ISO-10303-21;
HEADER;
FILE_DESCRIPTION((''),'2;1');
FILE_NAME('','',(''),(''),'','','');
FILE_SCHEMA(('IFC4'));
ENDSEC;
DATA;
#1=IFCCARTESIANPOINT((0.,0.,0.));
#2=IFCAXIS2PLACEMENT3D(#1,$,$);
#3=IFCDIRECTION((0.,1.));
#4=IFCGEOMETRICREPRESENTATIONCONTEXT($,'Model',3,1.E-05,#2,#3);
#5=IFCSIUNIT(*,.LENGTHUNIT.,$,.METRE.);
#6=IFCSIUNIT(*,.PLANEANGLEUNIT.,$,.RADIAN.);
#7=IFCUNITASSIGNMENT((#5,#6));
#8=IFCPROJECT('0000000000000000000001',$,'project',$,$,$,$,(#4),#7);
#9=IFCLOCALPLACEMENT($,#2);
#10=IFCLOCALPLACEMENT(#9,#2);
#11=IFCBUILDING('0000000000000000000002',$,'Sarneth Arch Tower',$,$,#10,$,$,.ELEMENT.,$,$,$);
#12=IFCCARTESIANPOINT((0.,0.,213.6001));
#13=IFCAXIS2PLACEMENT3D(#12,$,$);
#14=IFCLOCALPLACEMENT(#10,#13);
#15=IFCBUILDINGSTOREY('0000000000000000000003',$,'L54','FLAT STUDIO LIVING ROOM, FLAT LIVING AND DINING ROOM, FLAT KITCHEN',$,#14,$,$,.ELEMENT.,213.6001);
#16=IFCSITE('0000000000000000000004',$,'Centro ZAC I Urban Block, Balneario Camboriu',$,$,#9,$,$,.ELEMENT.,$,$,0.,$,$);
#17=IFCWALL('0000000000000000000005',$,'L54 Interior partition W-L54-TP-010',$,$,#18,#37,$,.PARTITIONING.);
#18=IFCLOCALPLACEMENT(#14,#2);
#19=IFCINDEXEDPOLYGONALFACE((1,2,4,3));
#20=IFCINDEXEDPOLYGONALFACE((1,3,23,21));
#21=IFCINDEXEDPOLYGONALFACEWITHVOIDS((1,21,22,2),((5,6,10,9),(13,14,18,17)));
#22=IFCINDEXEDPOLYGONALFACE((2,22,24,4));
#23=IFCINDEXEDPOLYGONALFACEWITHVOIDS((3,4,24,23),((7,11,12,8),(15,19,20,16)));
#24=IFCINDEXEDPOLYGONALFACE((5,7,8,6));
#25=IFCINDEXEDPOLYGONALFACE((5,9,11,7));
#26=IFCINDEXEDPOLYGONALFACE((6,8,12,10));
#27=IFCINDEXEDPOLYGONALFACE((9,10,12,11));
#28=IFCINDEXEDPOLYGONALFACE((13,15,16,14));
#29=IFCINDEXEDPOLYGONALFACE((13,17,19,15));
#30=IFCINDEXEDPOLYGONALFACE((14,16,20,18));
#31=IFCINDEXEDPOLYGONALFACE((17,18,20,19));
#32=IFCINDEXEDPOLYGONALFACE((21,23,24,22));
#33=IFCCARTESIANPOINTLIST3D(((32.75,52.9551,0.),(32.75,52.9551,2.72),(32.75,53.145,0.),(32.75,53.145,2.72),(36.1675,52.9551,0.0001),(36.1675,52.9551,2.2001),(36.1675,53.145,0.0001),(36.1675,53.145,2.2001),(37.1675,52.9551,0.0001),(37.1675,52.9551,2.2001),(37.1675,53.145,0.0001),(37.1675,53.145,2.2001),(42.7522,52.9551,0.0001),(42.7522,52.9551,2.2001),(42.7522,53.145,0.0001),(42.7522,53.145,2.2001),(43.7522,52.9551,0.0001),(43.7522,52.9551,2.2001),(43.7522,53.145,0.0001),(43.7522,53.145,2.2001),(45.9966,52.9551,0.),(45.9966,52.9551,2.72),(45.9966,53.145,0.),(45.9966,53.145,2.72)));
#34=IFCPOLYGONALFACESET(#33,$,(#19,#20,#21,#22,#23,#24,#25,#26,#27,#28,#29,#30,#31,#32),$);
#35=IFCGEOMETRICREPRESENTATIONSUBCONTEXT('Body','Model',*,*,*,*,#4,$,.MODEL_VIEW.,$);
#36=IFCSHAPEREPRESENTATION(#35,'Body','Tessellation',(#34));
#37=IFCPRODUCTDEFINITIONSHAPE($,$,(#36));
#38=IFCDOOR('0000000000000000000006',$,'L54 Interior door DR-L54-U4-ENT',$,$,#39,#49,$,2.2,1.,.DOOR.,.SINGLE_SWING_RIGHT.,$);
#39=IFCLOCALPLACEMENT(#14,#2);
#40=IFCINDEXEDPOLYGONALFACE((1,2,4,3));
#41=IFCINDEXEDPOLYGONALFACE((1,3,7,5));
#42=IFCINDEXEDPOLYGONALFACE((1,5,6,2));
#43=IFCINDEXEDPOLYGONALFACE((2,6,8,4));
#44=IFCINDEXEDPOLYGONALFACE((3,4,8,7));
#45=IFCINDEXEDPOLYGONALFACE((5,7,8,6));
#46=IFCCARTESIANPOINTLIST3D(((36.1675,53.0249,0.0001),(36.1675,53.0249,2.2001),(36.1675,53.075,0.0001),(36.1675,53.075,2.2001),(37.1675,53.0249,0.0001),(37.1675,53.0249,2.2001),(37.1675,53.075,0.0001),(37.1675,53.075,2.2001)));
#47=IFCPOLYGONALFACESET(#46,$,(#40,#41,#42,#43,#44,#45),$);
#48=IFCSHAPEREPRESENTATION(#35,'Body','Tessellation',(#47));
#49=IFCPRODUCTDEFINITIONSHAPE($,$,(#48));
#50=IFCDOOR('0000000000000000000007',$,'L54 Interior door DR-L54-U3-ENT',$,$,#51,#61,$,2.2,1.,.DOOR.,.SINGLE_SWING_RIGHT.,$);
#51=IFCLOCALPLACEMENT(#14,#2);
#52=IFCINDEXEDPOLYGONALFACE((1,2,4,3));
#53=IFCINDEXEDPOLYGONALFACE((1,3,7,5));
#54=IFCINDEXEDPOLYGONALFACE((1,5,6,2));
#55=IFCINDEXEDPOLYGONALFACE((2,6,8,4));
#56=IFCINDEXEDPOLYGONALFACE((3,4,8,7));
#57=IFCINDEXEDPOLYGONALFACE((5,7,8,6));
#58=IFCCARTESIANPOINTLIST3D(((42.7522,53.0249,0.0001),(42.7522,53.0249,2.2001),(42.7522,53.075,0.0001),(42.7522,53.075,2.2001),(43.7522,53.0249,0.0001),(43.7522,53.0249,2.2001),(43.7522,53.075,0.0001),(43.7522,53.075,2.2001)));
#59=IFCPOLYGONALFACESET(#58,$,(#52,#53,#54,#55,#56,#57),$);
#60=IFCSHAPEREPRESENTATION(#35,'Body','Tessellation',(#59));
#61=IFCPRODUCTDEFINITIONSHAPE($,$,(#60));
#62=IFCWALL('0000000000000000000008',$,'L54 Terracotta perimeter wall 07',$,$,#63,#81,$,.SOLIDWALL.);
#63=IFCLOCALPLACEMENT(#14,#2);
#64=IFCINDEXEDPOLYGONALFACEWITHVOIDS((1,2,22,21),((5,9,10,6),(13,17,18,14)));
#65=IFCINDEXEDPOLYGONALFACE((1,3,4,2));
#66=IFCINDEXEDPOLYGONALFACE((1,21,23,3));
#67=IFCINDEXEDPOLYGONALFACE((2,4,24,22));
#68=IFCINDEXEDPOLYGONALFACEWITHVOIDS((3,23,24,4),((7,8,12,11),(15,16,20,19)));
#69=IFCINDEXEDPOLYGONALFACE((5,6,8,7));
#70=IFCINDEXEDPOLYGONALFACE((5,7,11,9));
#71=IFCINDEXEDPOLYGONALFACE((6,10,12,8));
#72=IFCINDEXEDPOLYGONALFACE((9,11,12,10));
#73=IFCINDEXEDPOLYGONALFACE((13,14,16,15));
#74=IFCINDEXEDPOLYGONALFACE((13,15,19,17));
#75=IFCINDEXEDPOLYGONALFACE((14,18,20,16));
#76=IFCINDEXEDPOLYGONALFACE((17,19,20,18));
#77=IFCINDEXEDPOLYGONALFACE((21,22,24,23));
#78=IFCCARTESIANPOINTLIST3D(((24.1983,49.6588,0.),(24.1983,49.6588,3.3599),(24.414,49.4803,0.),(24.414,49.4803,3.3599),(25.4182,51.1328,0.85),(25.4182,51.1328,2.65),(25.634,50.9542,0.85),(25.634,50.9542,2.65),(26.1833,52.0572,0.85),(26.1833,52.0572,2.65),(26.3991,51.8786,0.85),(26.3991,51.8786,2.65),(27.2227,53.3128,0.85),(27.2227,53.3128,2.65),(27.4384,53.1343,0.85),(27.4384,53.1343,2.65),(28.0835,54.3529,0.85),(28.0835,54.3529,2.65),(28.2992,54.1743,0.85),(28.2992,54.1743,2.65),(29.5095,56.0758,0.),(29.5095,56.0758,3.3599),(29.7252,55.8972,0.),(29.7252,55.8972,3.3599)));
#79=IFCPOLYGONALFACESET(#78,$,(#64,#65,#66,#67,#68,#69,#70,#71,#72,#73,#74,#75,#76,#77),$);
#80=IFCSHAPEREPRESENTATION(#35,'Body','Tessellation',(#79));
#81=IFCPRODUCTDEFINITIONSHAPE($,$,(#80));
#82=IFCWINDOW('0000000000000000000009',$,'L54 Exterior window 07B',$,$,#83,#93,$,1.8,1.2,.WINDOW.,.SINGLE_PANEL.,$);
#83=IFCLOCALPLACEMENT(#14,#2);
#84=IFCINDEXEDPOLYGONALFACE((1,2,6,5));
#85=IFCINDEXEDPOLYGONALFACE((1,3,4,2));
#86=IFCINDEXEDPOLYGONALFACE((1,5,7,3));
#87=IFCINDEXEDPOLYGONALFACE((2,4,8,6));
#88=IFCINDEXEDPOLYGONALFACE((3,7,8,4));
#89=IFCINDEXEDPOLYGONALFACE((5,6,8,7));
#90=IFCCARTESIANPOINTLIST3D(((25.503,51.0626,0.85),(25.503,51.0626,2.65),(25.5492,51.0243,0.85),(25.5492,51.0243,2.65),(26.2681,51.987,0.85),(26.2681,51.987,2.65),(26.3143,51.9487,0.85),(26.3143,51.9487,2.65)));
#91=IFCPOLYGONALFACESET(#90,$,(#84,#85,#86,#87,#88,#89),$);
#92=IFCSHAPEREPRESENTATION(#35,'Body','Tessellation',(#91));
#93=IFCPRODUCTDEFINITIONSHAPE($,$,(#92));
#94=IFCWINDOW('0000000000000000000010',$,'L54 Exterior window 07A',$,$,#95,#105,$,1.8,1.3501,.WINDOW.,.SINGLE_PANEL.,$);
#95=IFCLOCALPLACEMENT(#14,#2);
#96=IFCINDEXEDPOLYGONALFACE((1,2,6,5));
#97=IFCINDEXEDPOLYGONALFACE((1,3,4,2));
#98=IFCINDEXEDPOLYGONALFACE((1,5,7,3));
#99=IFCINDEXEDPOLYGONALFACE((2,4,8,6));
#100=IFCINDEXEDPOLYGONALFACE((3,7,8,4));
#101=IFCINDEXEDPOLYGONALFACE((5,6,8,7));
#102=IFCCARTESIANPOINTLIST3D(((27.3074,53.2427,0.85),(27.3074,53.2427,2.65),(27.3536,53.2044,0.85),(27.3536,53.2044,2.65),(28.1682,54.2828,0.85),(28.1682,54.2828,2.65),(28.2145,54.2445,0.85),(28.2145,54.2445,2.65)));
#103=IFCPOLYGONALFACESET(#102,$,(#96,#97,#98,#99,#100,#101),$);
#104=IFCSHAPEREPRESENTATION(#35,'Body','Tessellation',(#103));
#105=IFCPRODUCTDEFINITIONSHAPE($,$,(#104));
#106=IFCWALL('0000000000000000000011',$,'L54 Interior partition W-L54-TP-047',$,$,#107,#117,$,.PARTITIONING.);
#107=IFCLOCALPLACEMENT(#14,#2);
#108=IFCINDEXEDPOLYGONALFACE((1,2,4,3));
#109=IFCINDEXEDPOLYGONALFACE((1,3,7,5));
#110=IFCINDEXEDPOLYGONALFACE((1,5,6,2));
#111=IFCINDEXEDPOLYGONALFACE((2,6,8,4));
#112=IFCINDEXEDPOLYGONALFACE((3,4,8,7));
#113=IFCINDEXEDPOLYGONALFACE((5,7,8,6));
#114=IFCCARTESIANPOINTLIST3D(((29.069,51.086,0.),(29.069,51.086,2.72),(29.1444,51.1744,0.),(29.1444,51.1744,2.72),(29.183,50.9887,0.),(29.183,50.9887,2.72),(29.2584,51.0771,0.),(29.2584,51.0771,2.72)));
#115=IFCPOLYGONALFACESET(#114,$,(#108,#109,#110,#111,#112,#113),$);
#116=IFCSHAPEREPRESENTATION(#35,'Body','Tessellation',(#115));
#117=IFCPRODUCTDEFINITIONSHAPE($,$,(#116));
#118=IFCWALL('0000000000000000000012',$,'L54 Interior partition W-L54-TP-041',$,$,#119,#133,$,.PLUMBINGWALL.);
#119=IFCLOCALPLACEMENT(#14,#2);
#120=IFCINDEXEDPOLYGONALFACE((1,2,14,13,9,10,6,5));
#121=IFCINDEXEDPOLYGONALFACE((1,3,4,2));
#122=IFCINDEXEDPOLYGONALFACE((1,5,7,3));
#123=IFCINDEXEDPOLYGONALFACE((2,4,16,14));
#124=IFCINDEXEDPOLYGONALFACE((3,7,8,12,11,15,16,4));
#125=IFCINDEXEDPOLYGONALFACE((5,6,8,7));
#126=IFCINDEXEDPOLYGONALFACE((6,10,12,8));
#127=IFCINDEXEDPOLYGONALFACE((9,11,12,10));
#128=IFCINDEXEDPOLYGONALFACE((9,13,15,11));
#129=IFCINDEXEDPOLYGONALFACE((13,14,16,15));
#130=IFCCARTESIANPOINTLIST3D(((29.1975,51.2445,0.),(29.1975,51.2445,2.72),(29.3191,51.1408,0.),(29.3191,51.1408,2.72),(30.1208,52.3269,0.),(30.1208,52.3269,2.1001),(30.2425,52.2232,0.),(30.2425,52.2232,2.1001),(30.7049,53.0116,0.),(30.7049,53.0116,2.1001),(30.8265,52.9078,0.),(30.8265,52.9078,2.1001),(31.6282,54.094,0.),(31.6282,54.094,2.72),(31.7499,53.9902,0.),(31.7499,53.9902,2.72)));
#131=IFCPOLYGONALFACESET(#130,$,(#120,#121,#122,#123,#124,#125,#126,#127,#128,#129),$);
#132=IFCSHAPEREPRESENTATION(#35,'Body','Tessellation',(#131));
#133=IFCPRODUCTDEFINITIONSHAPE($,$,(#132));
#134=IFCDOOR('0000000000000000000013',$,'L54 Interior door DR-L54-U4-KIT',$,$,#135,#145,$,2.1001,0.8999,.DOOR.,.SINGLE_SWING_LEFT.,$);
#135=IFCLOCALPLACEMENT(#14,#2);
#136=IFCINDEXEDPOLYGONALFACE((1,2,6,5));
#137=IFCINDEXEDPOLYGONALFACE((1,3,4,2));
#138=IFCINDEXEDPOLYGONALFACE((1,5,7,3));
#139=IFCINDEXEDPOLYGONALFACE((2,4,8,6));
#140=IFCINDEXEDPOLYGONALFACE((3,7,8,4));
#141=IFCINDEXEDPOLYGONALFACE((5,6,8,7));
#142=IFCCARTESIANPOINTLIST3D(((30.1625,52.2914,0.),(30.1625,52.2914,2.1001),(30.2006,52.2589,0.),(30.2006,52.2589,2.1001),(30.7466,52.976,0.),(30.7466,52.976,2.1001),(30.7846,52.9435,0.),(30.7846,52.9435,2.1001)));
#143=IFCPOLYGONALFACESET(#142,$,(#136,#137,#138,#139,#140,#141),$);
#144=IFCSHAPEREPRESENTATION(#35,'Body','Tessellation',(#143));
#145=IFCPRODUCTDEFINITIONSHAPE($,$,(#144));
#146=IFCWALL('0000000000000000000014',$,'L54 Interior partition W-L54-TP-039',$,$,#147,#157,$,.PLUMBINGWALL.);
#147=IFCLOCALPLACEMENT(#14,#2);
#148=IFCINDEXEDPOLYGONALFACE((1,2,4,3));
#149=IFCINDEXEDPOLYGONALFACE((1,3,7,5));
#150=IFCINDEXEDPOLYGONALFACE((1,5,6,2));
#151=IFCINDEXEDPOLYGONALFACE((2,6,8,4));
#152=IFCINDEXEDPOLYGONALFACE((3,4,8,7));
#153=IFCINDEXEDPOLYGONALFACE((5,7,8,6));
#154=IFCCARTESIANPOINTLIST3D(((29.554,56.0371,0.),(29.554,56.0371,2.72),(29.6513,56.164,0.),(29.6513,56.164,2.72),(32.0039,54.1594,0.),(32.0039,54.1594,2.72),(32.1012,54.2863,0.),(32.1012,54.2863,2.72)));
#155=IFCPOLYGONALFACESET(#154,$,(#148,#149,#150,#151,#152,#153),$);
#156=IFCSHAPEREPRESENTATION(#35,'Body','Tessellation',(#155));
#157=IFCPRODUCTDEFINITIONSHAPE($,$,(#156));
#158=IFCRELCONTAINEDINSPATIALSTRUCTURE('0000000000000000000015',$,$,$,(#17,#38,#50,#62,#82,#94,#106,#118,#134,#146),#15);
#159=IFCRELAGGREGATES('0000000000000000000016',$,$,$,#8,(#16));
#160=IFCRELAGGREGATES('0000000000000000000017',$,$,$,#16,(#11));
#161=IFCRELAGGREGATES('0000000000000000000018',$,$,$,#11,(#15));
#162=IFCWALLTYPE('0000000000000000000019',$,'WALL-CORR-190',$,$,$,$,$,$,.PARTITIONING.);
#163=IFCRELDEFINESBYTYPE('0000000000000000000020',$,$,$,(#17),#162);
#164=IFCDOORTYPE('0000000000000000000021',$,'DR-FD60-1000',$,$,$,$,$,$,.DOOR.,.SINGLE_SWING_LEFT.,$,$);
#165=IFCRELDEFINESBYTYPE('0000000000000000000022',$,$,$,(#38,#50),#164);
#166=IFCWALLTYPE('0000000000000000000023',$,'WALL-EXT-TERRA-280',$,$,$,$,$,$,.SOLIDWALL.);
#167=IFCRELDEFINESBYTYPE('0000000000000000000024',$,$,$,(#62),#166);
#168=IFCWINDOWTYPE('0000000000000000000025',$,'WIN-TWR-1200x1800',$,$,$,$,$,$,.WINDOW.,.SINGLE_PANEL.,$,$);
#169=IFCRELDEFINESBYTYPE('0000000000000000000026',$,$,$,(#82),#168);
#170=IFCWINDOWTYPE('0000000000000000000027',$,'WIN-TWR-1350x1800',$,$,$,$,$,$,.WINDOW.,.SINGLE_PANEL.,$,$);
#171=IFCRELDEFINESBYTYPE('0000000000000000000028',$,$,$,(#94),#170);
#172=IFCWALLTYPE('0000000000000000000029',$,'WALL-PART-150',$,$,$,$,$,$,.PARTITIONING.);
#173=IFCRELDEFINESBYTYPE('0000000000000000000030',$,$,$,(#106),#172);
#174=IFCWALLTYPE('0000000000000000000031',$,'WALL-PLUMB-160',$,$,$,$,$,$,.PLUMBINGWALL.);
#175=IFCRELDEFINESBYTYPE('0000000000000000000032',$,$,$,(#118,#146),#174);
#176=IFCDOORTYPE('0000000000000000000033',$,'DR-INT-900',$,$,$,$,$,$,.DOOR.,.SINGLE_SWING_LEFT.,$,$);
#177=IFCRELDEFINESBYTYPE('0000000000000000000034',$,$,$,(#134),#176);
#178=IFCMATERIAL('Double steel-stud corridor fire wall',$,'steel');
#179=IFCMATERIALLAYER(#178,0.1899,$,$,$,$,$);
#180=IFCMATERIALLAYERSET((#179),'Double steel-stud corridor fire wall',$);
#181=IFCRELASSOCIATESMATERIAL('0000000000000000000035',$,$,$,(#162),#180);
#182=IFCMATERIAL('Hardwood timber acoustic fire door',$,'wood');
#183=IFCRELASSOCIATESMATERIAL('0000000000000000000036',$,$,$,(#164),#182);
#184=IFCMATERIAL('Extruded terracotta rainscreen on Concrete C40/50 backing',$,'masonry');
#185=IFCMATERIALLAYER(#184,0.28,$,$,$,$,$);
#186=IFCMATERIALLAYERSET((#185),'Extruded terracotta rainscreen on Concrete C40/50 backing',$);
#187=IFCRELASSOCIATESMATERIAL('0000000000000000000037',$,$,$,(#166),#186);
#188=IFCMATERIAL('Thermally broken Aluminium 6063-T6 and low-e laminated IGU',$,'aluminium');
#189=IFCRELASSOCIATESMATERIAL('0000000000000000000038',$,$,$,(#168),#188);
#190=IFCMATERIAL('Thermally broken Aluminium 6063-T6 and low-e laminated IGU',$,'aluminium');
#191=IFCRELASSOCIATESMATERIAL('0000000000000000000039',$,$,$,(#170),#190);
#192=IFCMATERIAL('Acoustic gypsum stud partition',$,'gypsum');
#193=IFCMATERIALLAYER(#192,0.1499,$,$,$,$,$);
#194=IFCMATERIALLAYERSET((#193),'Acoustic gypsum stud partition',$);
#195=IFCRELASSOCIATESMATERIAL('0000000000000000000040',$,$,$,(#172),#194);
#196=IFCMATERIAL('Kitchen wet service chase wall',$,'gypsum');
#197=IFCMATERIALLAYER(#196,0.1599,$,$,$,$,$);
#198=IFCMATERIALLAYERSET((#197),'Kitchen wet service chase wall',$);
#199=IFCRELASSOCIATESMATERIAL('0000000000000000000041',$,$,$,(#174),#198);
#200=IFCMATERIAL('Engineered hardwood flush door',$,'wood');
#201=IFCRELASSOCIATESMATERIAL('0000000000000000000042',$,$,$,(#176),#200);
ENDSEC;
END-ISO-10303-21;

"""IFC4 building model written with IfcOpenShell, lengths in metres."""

from ifc_helpers import new_model, si_unit, direction, frame, frame_2d, origin, place, context, subcontext, project, spatial, rectangle, extrude, material, layer, layer_set, type_object, element, fill, save


model = new_model("IFC4")

# Units and contexts
model_context = context("Model", 3, precision=1e-05, world=origin(), true_north=direction((0.0, 1.0)))
body_context = subcontext(model_context, "Body", "Model", "MODEL_VIEW")
ifc_project = project(units=[si_unit("LENGTHUNIT", "METRE"), si_unit("PLANEANGLEUNIT", "RADIAN")], contexts=[model_context])

# Site, building, storey
site_placement = place(None, origin())
site = spatial("IfcSite", under=ifc_project, at=site_placement, Name="Centro ZAC I Urban Block, Balneario Camboriu", CompositionType="ELEMENT", RefElevation=0.0)
building_placement = place(site_placement, origin())
building = spatial("IfcBuilding", under=site, at=building_placement, Name="Sarneth Arch Tower", CompositionType="ELEMENT")
storey_placement = place(building_placement, frame((0.0, 0.0, 213.6001)))
storey = spatial("IfcBuildingStorey", under=building, at=storey_placement, Name="L54", Description="FLAT STUDIO LIVING ROOM, FLAT LIVING AND DINING ROOM, FLAT KITCHEN", CompositionType="ELEMENT", Elevation=213.6001)

# Wall, openings, doors
ifc_material_1 = material(Name="Double steel-stud corridor fire wall", Category="steel")
ifc_layer_1 = layer(ifc_material_1, 0.1899)
ifc_layer_set_1 = layer_set([ifc_layer_1], Name="Double steel-stud corridor fire wall")
wall_type_1 = type_object("IfcWallType", Name="WALL-CORR-190", PredefinedType="PARTITIONING", material=ifc_layer_set_1)
wall_1_placement = place(storey_placement, frame((32.75, 53.05, 0.0), z_axis=(0.0, 0.0, 1.0), x_axis=(1.0, 0.0, 0.0)))
wall_1 = element("IfcWall", 1, at=wall_1_placement, inside=storey, type_object=wall_type_1, Name="L54 Interior partition W-L54-TP-010", PredefinedType="PARTITIONING", context=body_context, shape_type="SweptSolid", body=[
    extrude(rectangle(XDim=13.2466, YDim=0.1899, at=frame_2d((6.6233, 0.0))), origin(), (0.0, 0.0, 1.0), 2.72),
])
opening_1_placement = place(wall_1_placement, frame((3.4175, 0.0, 0.0)))
opening_1 = element("IfcOpeningElement", 2, at=opening_1_placement, cuts=wall_1, PredefinedType="OPENING", context=body_context, shape_type="SweptSolid", body=[
    extrude(rectangle(XDim=1.0, YDim=2.2, at=frame_2d((0.5, 1.1001))), frame((0.0, 0.105, 0.0), z_axis=(0.0, -1.0, 0.0), x_axis=(1.0, 0.0, 0.0)), (0.0, 0.0, 1.0), 0.21),
])
opening_2_placement = place(wall_1_placement, frame((10.0022, 0.0, 0.0)))
opening_2 = element("IfcOpeningElement", 3, at=opening_2_placement, cuts=wall_1, PredefinedType="OPENING", context=body_context, shape_type="SweptSolid", body=[
    extrude(rectangle(XDim=1.0, YDim=2.2, at=frame_2d((0.5, 1.1001))), frame((0.0, 0.105, 0.0), z_axis=(0.0, -1.0, 0.0), x_axis=(1.0, 0.0, 0.0)), (0.0, 0.0, 1.0), 0.21),
])
ifc_material_2 = material(Name="Hardwood timber acoustic fire door", Category="wood")
door_type_1 = type_object("IfcDoorType", Name="DR-FD60-1000", OperationType="SINGLE_SWING_LEFT", PredefinedType="DOOR", material=ifc_material_2)
door_1_placement = place(opening_1_placement, origin())
door_1 = element("IfcDoor", 4, at=door_1_placement, inside=storey, type_object=door_type_1, Name="L54 Interior door DR-L54-U4-ENT", OperationType="SINGLE_SWING_RIGHT", OverallHeight=2.2, OverallWidth=1.0, PredefinedType="DOOR", context=body_context, shape_type="SweptSolid", body=[
    extrude(rectangle(XDim=1.0, YDim=2.2, at=frame_2d((0.5, 1.1001))), frame((0.0, 0.0249, 0.0), z_axis=(0.0, -1.0, 0.0), x_axis=(1.0, 0.0, 0.0)), (0.0, 0.0, 1.0), 0.05),
])
fill(opening_1, door_1)
door_2_placement = place(opening_2_placement, origin())
door_2 = element("IfcDoor", 5, at=door_2_placement, inside=storey, type_object=door_type_1, Name="L54 Interior door DR-L54-U3-ENT", OperationType="SINGLE_SWING_RIGHT", OverallHeight=2.2, OverallWidth=1.0, PredefinedType="DOOR", context=body_context, shape_type="SweptSolid", body=[
    extrude(rectangle(XDim=1.0, YDim=2.2, at=frame_2d((0.5, 1.1001))), frame((0.0, 0.0249, 0.0), z_axis=(0.0, -1.0, 0.0), x_axis=(1.0, 0.0, 0.0)), (0.0, 0.0, 1.0), 0.05),
])
fill(opening_2, door_2)

# Wall, openings, windows
ifc_material_3 = material(Name="Extruded terracotta rainscreen on Concrete C40/50 backing", Category="masonry")
ifc_layer_2 = layer(ifc_material_3, 0.28)
ifc_layer_set_2 = layer_set([ifc_layer_2], Name="Extruded terracotta rainscreen on Concrete C40/50 backing")
wall_type_2 = type_object("IfcWallType", Name="WALL-EXT-TERRA-280", PredefinedType="SOLIDWALL", material=ifc_layer_set_2)
wall_2_placement = place(storey_placement, frame((29.6174, 55.9866, 0.0), z_axis=(0.0, 0.0, 1.0), x_axis=(-0.637615, -0.770355, 0.0)))
wall_2 = element("IfcWall", 6, at=wall_2_placement, inside=storey, type_object=wall_type_2, Name="L54 Terracotta perimeter wall 07", PredefinedType="SOLIDWALL", context=body_context, shape_type="SweptSolid", body=[
    extrude(rectangle(XDim=8.3298, YDim=0.28, at=frame_2d((4.165, 0.0))), origin(), (0.0, 0.0, 1.0), 3.3599),
])
opening_3_placement = place(wall_2_placement, frame((2.2366, 0.0, 0.8501)))
opening_3 = element("IfcOpeningElement", 7, at=opening_3_placement, cuts=wall_2, PredefinedType="OPENING", context=body_context, shape_type="SweptSolid", body=[
    extrude(rectangle(XDim=1.3501, YDim=1.8, at=frame_2d((0.675, 0.8999))), frame((0.0, 0.1499, 0.0), z_axis=(0.0, -1.0, 0.0), x_axis=(1.0, 0.0, 0.0)), (0.0, 0.0, 1.0), 0.3),
])
opening_4_placement = place(wall_2_placement, frame((5.2166, 0.0, 0.8501)))
opening_4 = element("IfcOpeningElement", 8, at=opening_4_placement, cuts=wall_2, PredefinedType="OPENING", context=body_context, shape_type="SweptSolid", body=[
    extrude(rectangle(XDim=1.2, YDim=1.8, at=frame_2d((0.6001, 0.8999))), frame((0.0, 0.1499, 0.0), z_axis=(0.0, -1.0, 0.0), x_axis=(1.0, 0.0, 0.0)), (0.0, 0.0, 1.0), 0.3),
])
ifc_material_4 = material(Name="Thermally broken Aluminium 6063-T6 and low-e laminated IGU", Category="aluminium")
window_type_1 = type_object("IfcWindowType", Name="WIN-TWR-1200x1800", PartitioningType="SINGLE_PANEL", PredefinedType="WINDOW", material=ifc_material_4)
window_1_placement = place(opening_4_placement, origin())
window_1 = element("IfcWindow", 9, at=window_1_placement, inside=storey, type_object=window_type_1, Name="L54 Exterior window 07B", OverallHeight=1.8, OverallWidth=1.2, PartitioningType="SINGLE_PANEL", PredefinedType="WINDOW", context=body_context, shape_type="SweptSolid", body=[
    extrude(rectangle(XDim=1.2, YDim=1.8, at=frame_2d((0.6001, 0.8999))), frame((0.0, 0.03, 0.0), z_axis=(0.0, -1.0, 0.0), x_axis=(1.0, 0.0, 0.0)), (0.0, 0.0, 1.0), 0.0601),
])
fill(opening_4, window_1)
ifc_material_5 = material(Name="Thermally broken Aluminium 6063-T6 and low-e laminated IGU", Category="aluminium")
window_type_2 = type_object("IfcWindowType", Name="WIN-TWR-1350x1800", PartitioningType="SINGLE_PANEL", PredefinedType="WINDOW", material=ifc_material_5)
window_2_placement = place(opening_3_placement, origin())
window_2 = element("IfcWindow", 10, at=window_2_placement, inside=storey, type_object=window_type_2, Name="L54 Exterior window 07A", OverallHeight=1.8, OverallWidth=1.3501, PartitioningType="SINGLE_PANEL", PredefinedType="WINDOW", context=body_context, shape_type="SweptSolid", body=[
    extrude(rectangle(XDim=1.3501, YDim=1.8, at=frame_2d((0.675, 0.8999))), frame((0.0, 0.03, 0.0), z_axis=(0.0, -1.0, 0.0), x_axis=(1.0, 0.0, 0.0)), (0.0, 0.0, 1.0), 0.0601),
])
fill(opening_3, window_2)

# Wall
ifc_material_6 = material(Name="Acoustic gypsum stud partition", Category="gypsum")
ifc_layer_3 = layer(ifc_material_6, 0.1499)
ifc_layer_set_3 = layer_set([ifc_layer_3], Name="Acoustic gypsum stud partition")
wall_type_3 = type_object("IfcWallType", Name="WALL-PART-150", PredefinedType="PARTITIONING", material=ifc_layer_set_3)
wall_3_placement = place(storey_placement, frame((29.2014, 51.1257, 0.0), z_axis=(0.0, 0.0, 1.0), x_axis=(-0.649233, -0.76059, 0.0)))
element("IfcWall", 11, at=wall_3_placement, inside=storey, type_object=wall_type_3, Name="L54 Interior partition W-L54-TP-047", PredefinedType="PARTITIONING", context=body_context, shape_type="SweptSolid", body=[
    extrude(rectangle(XDim=0.1162, YDim=0.1499, at=frame_2d((0.0581, 0.0))), origin(), (0.0, 0.0, 1.0), 2.72),
])

# Wall, opening, door
ifc_material_7 = material(Name="Kitchen wet service chase wall", Category="gypsum")
ifc_layer_4 = layer(ifc_material_7, 0.1599)
ifc_layer_set_4 = layer_set([ifc_layer_4], Name="Kitchen wet service chase wall")
wall_type_4 = type_object("IfcWallType", Name="WALL-PLUMB-160", PredefinedType="PLUMBINGWALL", material=ifc_layer_set_4)
wall_4_placement = place(storey_placement, frame((31.689, 54.042, 0.0), z_axis=(0.0, 0.0, 1.0), x_axis=(-0.648997, -0.760791, 0.0)))
wall_4 = element("IfcWall", 12, at=wall_4_placement, inside=storey, type_object=wall_type_4, Name="L54 Interior partition W-L54-TP-041", PredefinedType="PLUMBINGWALL", context=body_context, shape_type="SweptSolid", body=[
    extrude(rectangle(XDim=3.7454, YDim=0.1599, at=frame_2d((1.8726, 0.0))), origin(), (0.0, 0.0, 1.0), 2.72),
])
opening_5_placement = place(wall_4_placement, frame((1.4226, 0.0, 0.0)))
opening_5 = element("IfcOpeningElement", 13, at=opening_5_placement, cuts=wall_4, PredefinedType="OPENING", context=body_context, shape_type="SweptSolid", body=[
    extrude(rectangle(XDim=0.8999, YDim=2.1001, at=frame_2d((0.45, 1.05))), frame((0.0, 0.0898, 0.0), z_axis=(0.0, -1.0, 0.0), x_axis=(1.0, 0.0, 0.0)), (0.0, 0.0, 1.0), 0.1799),
])
ifc_material_8 = material(Name="Engineered hardwood flush door", Category="wood")
door_type_2 = type_object("IfcDoorType", Name="DR-INT-900", OperationType="SINGLE_SWING_LEFT", PredefinedType="DOOR", material=ifc_material_8)
door_3_placement = place(opening_5_placement, origin())
door_3 = element("IfcDoor", 14, at=door_3_placement, inside=storey, type_object=door_type_2, Name="L54 Interior door DR-L54-U4-KIT", OperationType="SINGLE_SWING_LEFT", OverallHeight=2.1001, OverallWidth=0.8999, PredefinedType="DOOR", context=body_context, shape_type="SweptSolid", body=[
    extrude(rectangle(XDim=0.8999, YDim=2.1001, at=frame_2d((0.45, 1.05))), frame((0.0, 0.0249, 0.0), z_axis=(0.0, -1.0, 0.0), x_axis=(1.0, 0.0, 0.0)), (0.0, 0.0, 1.0), 0.05),
])
fill(opening_5, door_3)

# Wall
wall_5_placement = place(storey_placement, frame((29.6025, 56.1006, 0.0), z_axis=(0.0, 0.0, 1.0), x_axis=(0.793702, -0.608307, 0.0)))
element("IfcWall", 15, at=wall_5_placement, inside=storey, type_object=wall_type_4, Name="L54 Interior partition W-L54-TP-039", PredefinedType="PLUMBINGWALL", context=body_context, shape_type="SweptSolid", body=[
    extrude(rectangle(XDim=3.0867, YDim=0.1599, at=frame_2d((1.5435, 0.0))), origin(), (0.0, 0.0, 1.0), 2.72),
])

save(model, "model.ifc")
